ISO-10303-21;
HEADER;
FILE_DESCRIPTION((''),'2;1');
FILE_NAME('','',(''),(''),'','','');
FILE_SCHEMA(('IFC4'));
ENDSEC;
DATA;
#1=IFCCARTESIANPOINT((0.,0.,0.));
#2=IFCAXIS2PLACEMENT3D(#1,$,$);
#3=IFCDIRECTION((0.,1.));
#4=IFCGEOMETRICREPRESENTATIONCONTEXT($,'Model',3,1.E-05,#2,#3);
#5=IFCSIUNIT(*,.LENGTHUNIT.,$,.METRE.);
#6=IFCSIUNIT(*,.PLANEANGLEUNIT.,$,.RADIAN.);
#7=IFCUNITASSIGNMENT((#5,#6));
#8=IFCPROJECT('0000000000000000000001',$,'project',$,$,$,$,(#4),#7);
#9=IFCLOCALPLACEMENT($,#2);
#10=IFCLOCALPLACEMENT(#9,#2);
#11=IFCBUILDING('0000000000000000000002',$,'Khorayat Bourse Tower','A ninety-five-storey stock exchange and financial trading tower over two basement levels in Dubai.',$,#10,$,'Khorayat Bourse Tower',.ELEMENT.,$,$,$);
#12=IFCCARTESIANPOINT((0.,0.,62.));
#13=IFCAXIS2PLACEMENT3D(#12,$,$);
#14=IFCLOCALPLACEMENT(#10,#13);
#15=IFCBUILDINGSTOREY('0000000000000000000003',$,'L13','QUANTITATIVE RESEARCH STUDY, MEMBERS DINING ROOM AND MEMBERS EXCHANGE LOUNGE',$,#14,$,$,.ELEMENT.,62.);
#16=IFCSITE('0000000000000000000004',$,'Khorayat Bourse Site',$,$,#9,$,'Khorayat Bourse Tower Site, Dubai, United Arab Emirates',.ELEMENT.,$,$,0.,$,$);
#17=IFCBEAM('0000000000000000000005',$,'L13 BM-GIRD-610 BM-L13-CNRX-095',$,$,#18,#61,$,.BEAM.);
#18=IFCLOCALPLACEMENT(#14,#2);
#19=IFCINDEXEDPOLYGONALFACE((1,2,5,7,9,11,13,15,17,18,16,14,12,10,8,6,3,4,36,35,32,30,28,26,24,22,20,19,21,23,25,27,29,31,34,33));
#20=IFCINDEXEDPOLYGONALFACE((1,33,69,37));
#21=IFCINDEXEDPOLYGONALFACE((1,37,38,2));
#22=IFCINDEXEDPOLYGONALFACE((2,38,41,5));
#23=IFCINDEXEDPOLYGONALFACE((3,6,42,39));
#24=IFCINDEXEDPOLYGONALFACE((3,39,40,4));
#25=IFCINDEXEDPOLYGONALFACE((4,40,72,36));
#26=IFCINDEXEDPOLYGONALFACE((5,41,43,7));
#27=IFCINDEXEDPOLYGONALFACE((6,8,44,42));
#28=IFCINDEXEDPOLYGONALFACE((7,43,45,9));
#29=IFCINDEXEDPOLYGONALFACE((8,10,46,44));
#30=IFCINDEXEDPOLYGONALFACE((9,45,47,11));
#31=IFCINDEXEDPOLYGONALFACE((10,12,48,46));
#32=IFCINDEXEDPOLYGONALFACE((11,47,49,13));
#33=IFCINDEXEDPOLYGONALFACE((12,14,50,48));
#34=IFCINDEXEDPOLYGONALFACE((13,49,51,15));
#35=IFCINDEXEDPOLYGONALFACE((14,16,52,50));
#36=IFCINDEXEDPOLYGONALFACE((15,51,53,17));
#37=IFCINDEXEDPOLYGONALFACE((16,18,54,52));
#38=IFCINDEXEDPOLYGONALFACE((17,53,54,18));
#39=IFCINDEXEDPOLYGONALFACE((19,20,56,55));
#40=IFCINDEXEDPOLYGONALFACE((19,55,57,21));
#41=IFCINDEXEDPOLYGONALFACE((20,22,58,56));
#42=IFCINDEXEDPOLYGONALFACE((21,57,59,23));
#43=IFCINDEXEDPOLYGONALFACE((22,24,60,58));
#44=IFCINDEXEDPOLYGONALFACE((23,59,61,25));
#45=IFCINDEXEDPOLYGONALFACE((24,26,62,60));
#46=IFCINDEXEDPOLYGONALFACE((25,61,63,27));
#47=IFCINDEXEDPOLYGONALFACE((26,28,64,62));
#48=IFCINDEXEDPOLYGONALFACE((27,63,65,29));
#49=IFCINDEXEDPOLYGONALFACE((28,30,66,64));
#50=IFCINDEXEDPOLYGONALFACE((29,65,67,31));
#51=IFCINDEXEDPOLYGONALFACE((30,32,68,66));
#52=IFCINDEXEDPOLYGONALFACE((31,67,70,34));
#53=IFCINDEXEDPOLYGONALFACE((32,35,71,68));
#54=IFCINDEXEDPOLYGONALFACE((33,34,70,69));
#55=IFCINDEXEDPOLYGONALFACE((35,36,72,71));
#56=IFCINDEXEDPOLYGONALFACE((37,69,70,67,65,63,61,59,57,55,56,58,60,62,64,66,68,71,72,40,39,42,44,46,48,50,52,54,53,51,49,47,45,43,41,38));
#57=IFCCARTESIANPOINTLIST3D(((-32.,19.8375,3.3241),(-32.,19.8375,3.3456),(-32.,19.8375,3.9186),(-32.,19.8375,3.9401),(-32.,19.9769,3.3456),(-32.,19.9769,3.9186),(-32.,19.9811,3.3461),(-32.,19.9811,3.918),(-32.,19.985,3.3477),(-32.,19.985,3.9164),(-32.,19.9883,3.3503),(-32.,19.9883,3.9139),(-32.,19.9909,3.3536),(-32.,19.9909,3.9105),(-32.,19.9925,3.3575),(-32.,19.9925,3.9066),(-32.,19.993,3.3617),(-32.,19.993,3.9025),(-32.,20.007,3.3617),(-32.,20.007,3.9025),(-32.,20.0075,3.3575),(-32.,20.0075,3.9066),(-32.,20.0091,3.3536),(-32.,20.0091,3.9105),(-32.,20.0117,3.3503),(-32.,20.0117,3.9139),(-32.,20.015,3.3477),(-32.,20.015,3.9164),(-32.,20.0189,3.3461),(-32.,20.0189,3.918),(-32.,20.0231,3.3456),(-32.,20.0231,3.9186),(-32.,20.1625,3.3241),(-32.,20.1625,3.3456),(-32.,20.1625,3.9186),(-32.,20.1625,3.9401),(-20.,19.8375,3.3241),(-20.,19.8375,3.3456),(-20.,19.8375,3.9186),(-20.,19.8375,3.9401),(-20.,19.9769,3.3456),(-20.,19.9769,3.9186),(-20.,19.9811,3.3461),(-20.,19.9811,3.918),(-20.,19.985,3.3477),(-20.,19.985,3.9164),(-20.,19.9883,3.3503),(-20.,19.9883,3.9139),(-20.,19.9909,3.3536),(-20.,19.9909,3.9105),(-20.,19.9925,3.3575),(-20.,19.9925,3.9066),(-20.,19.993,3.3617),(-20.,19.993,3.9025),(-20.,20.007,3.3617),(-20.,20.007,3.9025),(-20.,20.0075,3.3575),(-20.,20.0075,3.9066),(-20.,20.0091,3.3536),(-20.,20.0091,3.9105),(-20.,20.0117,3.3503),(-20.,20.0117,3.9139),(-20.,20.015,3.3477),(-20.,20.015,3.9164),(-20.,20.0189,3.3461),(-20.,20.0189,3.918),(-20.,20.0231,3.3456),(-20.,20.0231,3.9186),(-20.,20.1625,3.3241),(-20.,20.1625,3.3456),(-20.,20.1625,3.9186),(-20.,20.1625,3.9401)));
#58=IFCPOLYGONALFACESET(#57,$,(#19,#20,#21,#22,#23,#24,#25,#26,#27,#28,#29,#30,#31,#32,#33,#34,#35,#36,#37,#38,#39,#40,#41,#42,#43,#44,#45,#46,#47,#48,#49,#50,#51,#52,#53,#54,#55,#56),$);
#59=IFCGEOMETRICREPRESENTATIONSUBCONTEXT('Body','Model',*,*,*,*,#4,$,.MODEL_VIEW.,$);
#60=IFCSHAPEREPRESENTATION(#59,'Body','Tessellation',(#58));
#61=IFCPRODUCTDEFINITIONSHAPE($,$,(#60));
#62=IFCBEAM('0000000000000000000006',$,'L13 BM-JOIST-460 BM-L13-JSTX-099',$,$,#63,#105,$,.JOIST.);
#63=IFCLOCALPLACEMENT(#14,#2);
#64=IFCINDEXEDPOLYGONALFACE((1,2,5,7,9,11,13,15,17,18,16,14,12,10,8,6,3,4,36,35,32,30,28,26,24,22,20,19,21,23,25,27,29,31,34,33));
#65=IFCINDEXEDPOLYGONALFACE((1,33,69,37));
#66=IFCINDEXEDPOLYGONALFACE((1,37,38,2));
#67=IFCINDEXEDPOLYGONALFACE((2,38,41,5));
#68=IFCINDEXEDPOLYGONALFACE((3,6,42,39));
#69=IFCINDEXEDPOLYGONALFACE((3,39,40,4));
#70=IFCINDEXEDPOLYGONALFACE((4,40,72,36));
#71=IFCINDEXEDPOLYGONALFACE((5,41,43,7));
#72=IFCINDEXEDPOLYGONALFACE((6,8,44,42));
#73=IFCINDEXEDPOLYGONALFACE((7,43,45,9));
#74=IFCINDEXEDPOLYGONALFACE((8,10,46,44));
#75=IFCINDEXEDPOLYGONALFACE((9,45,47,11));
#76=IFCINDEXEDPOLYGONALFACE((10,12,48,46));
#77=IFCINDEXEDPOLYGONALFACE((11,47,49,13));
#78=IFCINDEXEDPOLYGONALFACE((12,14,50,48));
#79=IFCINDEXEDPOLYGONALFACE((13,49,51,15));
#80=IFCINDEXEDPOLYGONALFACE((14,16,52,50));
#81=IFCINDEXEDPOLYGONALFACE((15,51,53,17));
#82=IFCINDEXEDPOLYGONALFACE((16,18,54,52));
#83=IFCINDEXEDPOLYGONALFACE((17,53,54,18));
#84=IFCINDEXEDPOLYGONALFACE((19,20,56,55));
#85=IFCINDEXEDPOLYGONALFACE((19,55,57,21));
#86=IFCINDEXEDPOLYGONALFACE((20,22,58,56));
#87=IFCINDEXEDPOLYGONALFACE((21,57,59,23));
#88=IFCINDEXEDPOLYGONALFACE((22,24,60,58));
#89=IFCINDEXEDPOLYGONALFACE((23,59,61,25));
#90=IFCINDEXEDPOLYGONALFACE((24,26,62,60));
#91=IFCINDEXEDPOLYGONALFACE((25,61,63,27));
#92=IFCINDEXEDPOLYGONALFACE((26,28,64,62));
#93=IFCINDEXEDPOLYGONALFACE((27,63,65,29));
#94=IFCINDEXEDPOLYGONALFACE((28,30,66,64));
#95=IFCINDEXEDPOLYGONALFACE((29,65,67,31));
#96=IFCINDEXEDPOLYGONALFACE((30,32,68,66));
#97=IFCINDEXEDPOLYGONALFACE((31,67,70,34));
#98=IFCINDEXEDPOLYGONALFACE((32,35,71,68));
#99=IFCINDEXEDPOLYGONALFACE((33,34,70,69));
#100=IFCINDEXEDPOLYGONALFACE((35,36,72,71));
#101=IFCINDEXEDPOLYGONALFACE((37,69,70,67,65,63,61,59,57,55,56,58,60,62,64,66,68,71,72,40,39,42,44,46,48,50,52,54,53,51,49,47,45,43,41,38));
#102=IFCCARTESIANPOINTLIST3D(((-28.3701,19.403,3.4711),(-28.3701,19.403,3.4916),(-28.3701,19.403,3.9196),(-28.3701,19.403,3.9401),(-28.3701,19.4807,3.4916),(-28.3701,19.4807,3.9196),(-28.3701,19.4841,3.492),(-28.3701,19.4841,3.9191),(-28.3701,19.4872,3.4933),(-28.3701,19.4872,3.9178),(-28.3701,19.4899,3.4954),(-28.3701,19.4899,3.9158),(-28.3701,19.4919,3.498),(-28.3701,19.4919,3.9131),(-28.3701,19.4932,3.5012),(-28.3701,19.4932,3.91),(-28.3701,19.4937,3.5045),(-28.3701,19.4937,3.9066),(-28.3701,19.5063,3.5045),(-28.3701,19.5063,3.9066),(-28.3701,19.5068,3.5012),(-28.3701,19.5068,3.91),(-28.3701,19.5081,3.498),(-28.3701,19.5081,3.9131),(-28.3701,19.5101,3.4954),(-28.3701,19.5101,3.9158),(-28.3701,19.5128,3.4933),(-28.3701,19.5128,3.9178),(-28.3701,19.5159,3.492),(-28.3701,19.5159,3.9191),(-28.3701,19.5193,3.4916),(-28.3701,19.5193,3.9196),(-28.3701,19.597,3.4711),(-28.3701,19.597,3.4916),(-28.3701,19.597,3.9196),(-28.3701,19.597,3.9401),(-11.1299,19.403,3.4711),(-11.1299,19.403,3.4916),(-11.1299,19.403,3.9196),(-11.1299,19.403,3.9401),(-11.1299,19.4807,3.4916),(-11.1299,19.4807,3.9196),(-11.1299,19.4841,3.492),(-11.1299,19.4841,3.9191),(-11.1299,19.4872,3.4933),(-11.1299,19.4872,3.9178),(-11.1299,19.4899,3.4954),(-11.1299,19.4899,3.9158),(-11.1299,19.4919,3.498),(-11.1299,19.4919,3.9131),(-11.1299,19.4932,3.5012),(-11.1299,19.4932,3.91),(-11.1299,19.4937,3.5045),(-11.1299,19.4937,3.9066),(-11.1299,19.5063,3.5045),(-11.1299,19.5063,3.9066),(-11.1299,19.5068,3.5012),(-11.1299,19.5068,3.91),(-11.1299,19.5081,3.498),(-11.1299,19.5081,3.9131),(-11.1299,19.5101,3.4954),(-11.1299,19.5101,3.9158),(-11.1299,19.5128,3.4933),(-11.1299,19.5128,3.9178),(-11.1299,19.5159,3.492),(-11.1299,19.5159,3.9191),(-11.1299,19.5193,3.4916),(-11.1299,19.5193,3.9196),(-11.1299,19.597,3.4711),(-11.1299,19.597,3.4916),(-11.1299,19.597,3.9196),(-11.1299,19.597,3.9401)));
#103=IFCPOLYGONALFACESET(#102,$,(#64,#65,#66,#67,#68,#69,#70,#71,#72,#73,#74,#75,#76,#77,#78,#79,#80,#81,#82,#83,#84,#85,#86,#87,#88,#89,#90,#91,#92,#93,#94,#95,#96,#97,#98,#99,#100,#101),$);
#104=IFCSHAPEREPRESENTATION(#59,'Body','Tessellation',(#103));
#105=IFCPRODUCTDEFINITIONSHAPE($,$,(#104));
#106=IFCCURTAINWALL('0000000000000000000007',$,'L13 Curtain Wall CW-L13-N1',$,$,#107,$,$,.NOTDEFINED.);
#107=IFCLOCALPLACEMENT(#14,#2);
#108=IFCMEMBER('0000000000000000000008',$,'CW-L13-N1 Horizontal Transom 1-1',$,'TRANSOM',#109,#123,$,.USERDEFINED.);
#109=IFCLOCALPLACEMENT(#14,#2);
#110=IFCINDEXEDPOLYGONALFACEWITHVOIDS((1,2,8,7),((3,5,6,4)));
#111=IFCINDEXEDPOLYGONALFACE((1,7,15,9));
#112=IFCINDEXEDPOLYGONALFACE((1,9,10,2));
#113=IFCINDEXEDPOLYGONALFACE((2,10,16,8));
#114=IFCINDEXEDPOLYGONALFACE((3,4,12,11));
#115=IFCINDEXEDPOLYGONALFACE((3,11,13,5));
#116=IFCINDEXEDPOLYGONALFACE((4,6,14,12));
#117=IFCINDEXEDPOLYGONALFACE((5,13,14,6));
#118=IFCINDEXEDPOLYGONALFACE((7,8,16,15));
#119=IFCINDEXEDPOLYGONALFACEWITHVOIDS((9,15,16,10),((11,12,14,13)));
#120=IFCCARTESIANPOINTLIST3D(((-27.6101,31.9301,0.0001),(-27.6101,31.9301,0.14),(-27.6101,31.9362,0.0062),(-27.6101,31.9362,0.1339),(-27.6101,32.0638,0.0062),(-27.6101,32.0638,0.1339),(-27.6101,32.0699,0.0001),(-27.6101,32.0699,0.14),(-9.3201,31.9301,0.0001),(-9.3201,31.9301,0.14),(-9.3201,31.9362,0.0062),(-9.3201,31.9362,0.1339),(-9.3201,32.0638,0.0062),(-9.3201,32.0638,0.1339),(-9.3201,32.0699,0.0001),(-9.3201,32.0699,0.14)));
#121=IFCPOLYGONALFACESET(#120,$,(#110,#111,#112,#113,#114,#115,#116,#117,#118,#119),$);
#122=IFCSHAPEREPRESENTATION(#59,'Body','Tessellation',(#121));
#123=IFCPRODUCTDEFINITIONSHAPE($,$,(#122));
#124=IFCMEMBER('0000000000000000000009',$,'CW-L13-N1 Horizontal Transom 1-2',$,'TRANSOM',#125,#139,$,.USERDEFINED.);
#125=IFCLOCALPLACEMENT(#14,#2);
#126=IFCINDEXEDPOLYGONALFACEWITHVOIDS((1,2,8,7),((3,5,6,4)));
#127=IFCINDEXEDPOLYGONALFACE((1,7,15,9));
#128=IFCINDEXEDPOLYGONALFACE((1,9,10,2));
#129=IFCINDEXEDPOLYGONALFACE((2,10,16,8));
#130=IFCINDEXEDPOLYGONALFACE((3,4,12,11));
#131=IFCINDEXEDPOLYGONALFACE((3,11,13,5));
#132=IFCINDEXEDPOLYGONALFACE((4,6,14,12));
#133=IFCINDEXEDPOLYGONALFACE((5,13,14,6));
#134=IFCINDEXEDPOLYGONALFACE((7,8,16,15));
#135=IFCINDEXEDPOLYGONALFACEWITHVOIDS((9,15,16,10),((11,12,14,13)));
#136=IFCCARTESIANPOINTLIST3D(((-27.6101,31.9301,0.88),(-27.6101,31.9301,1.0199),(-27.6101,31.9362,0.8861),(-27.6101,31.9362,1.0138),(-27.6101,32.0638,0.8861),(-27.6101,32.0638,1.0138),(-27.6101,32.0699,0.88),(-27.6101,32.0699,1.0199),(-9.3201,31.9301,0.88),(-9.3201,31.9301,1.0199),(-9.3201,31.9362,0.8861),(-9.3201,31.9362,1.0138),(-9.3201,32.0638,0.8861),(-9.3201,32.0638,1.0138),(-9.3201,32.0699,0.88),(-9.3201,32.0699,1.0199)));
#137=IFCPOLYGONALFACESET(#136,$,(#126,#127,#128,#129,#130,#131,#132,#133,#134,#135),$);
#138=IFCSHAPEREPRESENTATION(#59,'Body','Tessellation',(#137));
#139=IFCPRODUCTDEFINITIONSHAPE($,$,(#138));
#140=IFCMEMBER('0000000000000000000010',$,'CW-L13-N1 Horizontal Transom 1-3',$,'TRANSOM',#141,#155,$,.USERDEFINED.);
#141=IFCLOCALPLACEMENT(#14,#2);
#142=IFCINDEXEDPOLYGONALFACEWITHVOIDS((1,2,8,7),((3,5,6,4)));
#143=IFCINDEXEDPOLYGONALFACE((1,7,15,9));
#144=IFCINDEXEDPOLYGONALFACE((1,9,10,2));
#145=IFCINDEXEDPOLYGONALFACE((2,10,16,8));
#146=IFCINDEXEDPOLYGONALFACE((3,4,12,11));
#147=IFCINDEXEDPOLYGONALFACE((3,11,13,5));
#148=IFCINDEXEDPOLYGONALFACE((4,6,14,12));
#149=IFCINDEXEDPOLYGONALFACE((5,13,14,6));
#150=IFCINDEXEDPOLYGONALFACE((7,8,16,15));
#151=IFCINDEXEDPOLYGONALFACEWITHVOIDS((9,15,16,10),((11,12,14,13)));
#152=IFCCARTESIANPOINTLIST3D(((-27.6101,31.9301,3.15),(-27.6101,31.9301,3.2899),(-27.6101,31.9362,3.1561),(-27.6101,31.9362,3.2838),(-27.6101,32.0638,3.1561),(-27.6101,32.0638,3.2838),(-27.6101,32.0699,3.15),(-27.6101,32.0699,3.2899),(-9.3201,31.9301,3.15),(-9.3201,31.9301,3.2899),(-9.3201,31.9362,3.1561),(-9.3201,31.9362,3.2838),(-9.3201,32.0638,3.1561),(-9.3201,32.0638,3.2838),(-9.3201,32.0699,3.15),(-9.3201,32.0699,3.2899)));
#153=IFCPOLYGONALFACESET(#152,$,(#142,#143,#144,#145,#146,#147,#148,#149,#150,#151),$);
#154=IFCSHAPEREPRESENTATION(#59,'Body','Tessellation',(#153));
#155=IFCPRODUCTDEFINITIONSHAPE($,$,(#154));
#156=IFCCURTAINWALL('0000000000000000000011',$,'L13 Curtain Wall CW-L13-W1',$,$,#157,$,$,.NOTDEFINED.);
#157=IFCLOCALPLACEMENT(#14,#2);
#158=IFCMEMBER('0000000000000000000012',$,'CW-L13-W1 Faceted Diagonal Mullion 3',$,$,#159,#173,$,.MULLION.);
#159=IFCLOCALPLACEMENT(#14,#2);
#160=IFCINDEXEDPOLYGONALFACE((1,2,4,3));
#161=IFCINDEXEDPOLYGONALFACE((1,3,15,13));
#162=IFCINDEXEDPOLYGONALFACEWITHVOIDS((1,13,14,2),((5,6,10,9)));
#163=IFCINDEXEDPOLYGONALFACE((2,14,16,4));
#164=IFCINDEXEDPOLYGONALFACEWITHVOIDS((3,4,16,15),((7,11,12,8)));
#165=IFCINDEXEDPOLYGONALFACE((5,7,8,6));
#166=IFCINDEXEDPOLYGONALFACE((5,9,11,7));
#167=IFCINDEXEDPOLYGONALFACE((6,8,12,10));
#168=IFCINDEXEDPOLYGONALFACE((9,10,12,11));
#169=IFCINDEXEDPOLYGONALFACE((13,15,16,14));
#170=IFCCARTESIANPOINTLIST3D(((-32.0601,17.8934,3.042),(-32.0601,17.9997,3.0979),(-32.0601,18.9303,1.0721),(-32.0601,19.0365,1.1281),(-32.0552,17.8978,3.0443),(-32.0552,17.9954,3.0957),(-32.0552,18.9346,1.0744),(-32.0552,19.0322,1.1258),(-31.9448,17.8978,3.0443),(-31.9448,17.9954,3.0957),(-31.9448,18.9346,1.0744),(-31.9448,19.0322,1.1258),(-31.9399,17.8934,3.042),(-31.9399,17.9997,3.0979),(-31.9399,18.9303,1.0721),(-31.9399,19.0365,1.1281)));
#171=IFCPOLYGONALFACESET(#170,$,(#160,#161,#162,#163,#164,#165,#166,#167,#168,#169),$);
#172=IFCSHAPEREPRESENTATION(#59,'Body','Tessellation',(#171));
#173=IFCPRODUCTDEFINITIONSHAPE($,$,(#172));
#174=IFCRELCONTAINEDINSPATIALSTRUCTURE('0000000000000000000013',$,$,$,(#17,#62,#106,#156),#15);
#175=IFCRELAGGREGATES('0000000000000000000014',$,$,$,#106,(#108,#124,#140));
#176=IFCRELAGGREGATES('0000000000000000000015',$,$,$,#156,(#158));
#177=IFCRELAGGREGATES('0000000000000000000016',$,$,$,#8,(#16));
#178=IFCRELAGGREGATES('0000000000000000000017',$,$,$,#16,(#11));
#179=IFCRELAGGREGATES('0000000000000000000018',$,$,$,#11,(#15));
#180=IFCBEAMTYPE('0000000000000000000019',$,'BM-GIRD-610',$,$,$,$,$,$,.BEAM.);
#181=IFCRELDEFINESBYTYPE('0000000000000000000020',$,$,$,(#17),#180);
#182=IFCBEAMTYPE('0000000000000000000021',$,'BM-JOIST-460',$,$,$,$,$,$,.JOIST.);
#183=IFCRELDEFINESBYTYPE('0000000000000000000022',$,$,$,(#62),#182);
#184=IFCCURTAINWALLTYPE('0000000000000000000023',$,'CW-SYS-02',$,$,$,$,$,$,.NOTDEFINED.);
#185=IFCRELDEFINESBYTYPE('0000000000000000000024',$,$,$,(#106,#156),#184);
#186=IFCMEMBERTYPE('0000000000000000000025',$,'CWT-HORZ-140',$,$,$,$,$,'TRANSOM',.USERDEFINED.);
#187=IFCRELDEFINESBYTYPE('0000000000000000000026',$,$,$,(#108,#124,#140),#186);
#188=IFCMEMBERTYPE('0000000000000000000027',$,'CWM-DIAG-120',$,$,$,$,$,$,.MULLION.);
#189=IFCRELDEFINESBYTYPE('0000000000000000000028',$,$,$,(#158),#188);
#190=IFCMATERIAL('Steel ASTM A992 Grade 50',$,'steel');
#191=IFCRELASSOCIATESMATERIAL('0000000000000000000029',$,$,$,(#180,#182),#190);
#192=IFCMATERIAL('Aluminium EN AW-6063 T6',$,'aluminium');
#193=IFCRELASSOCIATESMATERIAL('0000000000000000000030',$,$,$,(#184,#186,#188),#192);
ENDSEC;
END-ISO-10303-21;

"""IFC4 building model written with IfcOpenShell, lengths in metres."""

from ifc_helpers import new_model, si_unit, direction, frame, origin, origin_2d, place, context, subcontext, project, spatial, hollow_rectangle, i_section, extrude, source, transform, mapped, material, material_profile, profile_set, type_object, element, aggregate, save


model = new_model("IFC4")

# Units and contexts
model_context = context("Model", 3, precision=1e-05, world=origin(), true_north=direction((0.0, 1.0)))
body_context = subcontext(model_context, "Body", "Model", "MODEL_VIEW")
ifc_project = project(units=[si_unit("LENGTHUNIT", "METRE"), si_unit("PLANEANGLEUNIT", "RADIAN")], contexts=[model_context])

# Site, building, storey
site_placement = place(None, origin())
site = spatial("IfcSite", under=ifc_project, at=site_placement, Name="Khorayat Bourse Site", LongName="Khorayat Bourse Tower Site, Dubai, United Arab Emirates", CompositionType="ELEMENT", RefElevation=0.0)
building_placement = place(site_placement, origin())
building = spatial("IfcBuilding", under=site, at=building_placement, Name="Khorayat Bourse Tower", Description="A ninety-five-storey stock exchange and financial trading tower over two basement levels in Dubai.", LongName="Khorayat Bourse Tower", CompositionType="ELEMENT")
storey_placement = place(building_placement, frame((0.0, 0.0, 62.0)))
storey = spatial("IfcBuildingStorey", under=building, at=storey_placement, Name="L13", Description="QUANTITATIVE RESEARCH STUDY, MEMBERS DINING ROOM AND MEMBERS EXCHANGE LOUNGE", CompositionType="ELEMENT", Elevation=62.0)

# Beams
ifc_material_1 = material(Name="Steel ASTM A992 Grade 50", Category="steel")
ifc_material_profile_1 = material_profile(ifc_material_1, i_section(OverallWidth=0.325, OverallDepth=0.616, WebThickness=0.0139, FlangeThickness=0.0215, FilletRadius=0.0161, at=origin_2d()), Name="W610X174")
ifc_profile_set_1 = profile_set([ifc_material_profile_1], Name="Steel ASTM A992 Grade 50")
beam_type_1 = type_object("IfcBeamType", Name="BM-GIRD-610", PredefinedType="BEAM", material=ifc_profile_set_1)
shared_shape_1 = source(origin(), body_context, "Body", "SweptSolid", [
    extrude(i_section(OverallWidth=0.325, OverallDepth=0.616, WebThickness=0.0139, FlangeThickness=0.0215, FilletRadius=0.0161, at=origin_2d()), origin(), (0.0, 0.0, 1.0), 12.0),
])
beam_1_placement = place(storey_placement, frame((-32.0, 20.0, 3.6321), z_axis=(1.0, 0.0, 0.0), x_axis=(0.0, 1.0, 0.0)))
element("IfcBeam", 1, at=beam_1_placement, inside=storey, type_object=beam_type_1, Name="L13 BM-GIRD-610 BM-L13-CNRX-095", PredefinedType="BEAM", context=body_context, shape_type="MappedRepresentation", body=[
    mapped(shared_shape_1, transform((0.0, 0.0, 0.0), scale=1.0)),
])
ifc_material_profile_2 = material_profile(ifc_material_1, i_section(OverallWidth=0.1941, OverallDepth=0.469, WebThickness=0.0127, FlangeThickness=0.0205, FilletRadius=0.0129, at=origin_2d()), Name="W460X106")
ifc_profile_set_2 = profile_set([ifc_material_profile_2], Name="Steel ASTM A992 Grade 50")
beam_type_2 = type_object("IfcBeamType", Name="BM-JOIST-460", PredefinedType="JOIST", material=ifc_profile_set_2)
shared_shape_2 = source(origin(), body_context, "Body", "SweptSolid", [
    extrude(i_section(OverallWidth=0.1941, OverallDepth=0.469, WebThickness=0.0127, FlangeThickness=0.0205, FilletRadius=0.0129, at=origin_2d()), origin(), (0.0, 0.0, 1.0), 17.2402),
])
beam_2_placement = place(storey_placement, frame((-28.3701, 19.5, 3.7056), z_axis=(1.0, 0.0, 0.0), x_axis=(0.0, 1.0, 0.0)))
element("IfcBeam", 2, at=beam_2_placement, inside=storey, type_object=beam_type_2, Name="L13 BM-JOIST-460 BM-L13-JSTX-099", PredefinedType="JOIST", context=body_context, shape_type="MappedRepresentation", body=[
    mapped(shared_shape_2, transform((0.0, 0.0, 0.0), scale=1.0)),
])

# Curtain wall, members
ifc_material_2 = material(Name="Aluminium EN AW-6063 T6", Category="aluminium")
curtain_wall_type = type_object("IfcCurtainWallType", Name="CW-SYS-02", PredefinedType="NOTDEFINED", material=ifc_material_2)
curtain_wall_1_placement = place(storey_placement, origin())
curtain_wall_1 = element("IfcCurtainWall", 3, at=curtain_wall_1_placement, inside=storey, type_object=curtain_wall_type, Name="L13 Curtain Wall CW-L13-N1", PredefinedType="NOTDEFINED")
ifc_material_profile_3 = material_profile(ifc_material_2, hollow_rectangle(XDim=0.1399, YDim=0.1399, WallThickness=0.0061, at=origin_2d()), Name="ALU 140x140x6")
ifc_profile_set_3 = profile_set([ifc_material_profile_3], Name="Aluminium EN AW-6063 T6")
member_type_1 = type_object("IfcMemberType", Name="CWT-HORZ-140", ElementType="TRANSOM", PredefinedType="USERDEFINED", material=ifc_profile_set_3)
shared_shape_3 = source(origin(), body_context, "Body", "SweptSolid", [
    extrude(hollow_rectangle(XDim=0.1399, YDim=0.1399, WallThickness=0.0061, at=origin_2d()), origin(), (0.0, 0.0, 1.0), 18.29),
])
member_1_placement = place(storey_placement, frame((-27.6101, 32.0, 0.0701), z_axis=(1.0, 0.0, 0.0), x_axis=(0.0, 1.0, 0.0)))
member_1 = element("IfcMember", 4, at=member_1_placement, type_object=member_type_1, Name="CW-L13-N1 Horizontal Transom 1-1", ObjectType="TRANSOM", PredefinedType="USERDEFINED", context=body_context, shape_type="MappedRepresentation", body=[
    mapped(shared_shape_3, transform((0.0, 0.0, 0.0), scale=1.0)),
])
member_2_placement = place(storey_placement, frame((-27.6101, 32.0, 0.95), z_axis=(1.0, 0.0, 0.0), x_axis=(0.0, 1.0, 0.0)))
member_2 = element("IfcMember", 5, at=member_2_placement, type_object=member_type_1, Name="CW-L13-N1 Horizontal Transom 1-2", ObjectType="TRANSOM", PredefinedType="USERDEFINED", context=body_context, shape_type="MappedRepresentation", body=[
    mapped(shared_shape_3, transform((0.0, 0.0, 0.0), scale=1.0)),
])
member_3_placement = place(storey_placement, frame((-27.6101, 32.0, 3.22), z_axis=(1.0, 0.0, 0.0), x_axis=(0.0, 1.0, 0.0)))
member_3 = element("IfcMember", 6, at=member_3_placement, type_object=member_type_1, Name="CW-L13-N1 Horizontal Transom 1-3", ObjectType="TRANSOM", PredefinedType="USERDEFINED", context=body_context, shape_type="MappedRepresentation", body=[
    mapped(shared_shape_3, transform((0.0, 0.0, 0.0), scale=1.0)),
])

# Curtain wall, member
curtain_wall_2_placement = place(storey_placement, origin())
curtain_wall_2 = element("IfcCurtainWall", 7, at=curtain_wall_2_placement, inside=storey, type_object=curtain_wall_type, Name="L13 Curtain Wall CW-L13-W1", PredefinedType="NOTDEFINED")
ifc_material_profile_4 = material_profile(ifc_material_2, hollow_rectangle(XDim=0.1201, YDim=0.1201, WallThickness=0.0049, at=origin_2d()), Name="ALU 120x120x5")
ifc_profile_set_4 = profile_set([ifc_material_profile_4], Name="Aluminium EN AW-6063 T6")
member_type_2 = type_object("IfcMemberType", Name="CWM-DIAG-120", PredefinedType="MULLION", material=ifc_profile_set_4)
shared_shape_4 = source(origin(), body_context, "Body", "SweptSolid", [
    extrude(hollow_rectangle(XDim=0.1201, YDim=0.1201, WallThickness=0.0049, at=origin_2d()), origin(), (0.0, 0.0, 1.0), 2.2261),
])
member_4_placement = place(storey_placement, frame((-32.0, 18.9834, 1.1001), z_axis=(0.0, -0.46576, 0.884911), x_axis=(1.0, 0.0, 0.0)))
member_4 = element("IfcMember", 8, at=member_4_placement, type_object=member_type_2, Name="CW-L13-W1 Faceted Diagonal Mullion 3", PredefinedType="MULLION", context=body_context, shape_type="MappedRepresentation", body=[
    mapped(shared_shape_4, transform((0.0, 0.0, 0.0), scale=1.0)),
])

aggregate(curtain_wall_1, [member_1, member_2, member_3])

aggregate(curtain_wall_2, [member_4])

save(model, "model.ifc")
